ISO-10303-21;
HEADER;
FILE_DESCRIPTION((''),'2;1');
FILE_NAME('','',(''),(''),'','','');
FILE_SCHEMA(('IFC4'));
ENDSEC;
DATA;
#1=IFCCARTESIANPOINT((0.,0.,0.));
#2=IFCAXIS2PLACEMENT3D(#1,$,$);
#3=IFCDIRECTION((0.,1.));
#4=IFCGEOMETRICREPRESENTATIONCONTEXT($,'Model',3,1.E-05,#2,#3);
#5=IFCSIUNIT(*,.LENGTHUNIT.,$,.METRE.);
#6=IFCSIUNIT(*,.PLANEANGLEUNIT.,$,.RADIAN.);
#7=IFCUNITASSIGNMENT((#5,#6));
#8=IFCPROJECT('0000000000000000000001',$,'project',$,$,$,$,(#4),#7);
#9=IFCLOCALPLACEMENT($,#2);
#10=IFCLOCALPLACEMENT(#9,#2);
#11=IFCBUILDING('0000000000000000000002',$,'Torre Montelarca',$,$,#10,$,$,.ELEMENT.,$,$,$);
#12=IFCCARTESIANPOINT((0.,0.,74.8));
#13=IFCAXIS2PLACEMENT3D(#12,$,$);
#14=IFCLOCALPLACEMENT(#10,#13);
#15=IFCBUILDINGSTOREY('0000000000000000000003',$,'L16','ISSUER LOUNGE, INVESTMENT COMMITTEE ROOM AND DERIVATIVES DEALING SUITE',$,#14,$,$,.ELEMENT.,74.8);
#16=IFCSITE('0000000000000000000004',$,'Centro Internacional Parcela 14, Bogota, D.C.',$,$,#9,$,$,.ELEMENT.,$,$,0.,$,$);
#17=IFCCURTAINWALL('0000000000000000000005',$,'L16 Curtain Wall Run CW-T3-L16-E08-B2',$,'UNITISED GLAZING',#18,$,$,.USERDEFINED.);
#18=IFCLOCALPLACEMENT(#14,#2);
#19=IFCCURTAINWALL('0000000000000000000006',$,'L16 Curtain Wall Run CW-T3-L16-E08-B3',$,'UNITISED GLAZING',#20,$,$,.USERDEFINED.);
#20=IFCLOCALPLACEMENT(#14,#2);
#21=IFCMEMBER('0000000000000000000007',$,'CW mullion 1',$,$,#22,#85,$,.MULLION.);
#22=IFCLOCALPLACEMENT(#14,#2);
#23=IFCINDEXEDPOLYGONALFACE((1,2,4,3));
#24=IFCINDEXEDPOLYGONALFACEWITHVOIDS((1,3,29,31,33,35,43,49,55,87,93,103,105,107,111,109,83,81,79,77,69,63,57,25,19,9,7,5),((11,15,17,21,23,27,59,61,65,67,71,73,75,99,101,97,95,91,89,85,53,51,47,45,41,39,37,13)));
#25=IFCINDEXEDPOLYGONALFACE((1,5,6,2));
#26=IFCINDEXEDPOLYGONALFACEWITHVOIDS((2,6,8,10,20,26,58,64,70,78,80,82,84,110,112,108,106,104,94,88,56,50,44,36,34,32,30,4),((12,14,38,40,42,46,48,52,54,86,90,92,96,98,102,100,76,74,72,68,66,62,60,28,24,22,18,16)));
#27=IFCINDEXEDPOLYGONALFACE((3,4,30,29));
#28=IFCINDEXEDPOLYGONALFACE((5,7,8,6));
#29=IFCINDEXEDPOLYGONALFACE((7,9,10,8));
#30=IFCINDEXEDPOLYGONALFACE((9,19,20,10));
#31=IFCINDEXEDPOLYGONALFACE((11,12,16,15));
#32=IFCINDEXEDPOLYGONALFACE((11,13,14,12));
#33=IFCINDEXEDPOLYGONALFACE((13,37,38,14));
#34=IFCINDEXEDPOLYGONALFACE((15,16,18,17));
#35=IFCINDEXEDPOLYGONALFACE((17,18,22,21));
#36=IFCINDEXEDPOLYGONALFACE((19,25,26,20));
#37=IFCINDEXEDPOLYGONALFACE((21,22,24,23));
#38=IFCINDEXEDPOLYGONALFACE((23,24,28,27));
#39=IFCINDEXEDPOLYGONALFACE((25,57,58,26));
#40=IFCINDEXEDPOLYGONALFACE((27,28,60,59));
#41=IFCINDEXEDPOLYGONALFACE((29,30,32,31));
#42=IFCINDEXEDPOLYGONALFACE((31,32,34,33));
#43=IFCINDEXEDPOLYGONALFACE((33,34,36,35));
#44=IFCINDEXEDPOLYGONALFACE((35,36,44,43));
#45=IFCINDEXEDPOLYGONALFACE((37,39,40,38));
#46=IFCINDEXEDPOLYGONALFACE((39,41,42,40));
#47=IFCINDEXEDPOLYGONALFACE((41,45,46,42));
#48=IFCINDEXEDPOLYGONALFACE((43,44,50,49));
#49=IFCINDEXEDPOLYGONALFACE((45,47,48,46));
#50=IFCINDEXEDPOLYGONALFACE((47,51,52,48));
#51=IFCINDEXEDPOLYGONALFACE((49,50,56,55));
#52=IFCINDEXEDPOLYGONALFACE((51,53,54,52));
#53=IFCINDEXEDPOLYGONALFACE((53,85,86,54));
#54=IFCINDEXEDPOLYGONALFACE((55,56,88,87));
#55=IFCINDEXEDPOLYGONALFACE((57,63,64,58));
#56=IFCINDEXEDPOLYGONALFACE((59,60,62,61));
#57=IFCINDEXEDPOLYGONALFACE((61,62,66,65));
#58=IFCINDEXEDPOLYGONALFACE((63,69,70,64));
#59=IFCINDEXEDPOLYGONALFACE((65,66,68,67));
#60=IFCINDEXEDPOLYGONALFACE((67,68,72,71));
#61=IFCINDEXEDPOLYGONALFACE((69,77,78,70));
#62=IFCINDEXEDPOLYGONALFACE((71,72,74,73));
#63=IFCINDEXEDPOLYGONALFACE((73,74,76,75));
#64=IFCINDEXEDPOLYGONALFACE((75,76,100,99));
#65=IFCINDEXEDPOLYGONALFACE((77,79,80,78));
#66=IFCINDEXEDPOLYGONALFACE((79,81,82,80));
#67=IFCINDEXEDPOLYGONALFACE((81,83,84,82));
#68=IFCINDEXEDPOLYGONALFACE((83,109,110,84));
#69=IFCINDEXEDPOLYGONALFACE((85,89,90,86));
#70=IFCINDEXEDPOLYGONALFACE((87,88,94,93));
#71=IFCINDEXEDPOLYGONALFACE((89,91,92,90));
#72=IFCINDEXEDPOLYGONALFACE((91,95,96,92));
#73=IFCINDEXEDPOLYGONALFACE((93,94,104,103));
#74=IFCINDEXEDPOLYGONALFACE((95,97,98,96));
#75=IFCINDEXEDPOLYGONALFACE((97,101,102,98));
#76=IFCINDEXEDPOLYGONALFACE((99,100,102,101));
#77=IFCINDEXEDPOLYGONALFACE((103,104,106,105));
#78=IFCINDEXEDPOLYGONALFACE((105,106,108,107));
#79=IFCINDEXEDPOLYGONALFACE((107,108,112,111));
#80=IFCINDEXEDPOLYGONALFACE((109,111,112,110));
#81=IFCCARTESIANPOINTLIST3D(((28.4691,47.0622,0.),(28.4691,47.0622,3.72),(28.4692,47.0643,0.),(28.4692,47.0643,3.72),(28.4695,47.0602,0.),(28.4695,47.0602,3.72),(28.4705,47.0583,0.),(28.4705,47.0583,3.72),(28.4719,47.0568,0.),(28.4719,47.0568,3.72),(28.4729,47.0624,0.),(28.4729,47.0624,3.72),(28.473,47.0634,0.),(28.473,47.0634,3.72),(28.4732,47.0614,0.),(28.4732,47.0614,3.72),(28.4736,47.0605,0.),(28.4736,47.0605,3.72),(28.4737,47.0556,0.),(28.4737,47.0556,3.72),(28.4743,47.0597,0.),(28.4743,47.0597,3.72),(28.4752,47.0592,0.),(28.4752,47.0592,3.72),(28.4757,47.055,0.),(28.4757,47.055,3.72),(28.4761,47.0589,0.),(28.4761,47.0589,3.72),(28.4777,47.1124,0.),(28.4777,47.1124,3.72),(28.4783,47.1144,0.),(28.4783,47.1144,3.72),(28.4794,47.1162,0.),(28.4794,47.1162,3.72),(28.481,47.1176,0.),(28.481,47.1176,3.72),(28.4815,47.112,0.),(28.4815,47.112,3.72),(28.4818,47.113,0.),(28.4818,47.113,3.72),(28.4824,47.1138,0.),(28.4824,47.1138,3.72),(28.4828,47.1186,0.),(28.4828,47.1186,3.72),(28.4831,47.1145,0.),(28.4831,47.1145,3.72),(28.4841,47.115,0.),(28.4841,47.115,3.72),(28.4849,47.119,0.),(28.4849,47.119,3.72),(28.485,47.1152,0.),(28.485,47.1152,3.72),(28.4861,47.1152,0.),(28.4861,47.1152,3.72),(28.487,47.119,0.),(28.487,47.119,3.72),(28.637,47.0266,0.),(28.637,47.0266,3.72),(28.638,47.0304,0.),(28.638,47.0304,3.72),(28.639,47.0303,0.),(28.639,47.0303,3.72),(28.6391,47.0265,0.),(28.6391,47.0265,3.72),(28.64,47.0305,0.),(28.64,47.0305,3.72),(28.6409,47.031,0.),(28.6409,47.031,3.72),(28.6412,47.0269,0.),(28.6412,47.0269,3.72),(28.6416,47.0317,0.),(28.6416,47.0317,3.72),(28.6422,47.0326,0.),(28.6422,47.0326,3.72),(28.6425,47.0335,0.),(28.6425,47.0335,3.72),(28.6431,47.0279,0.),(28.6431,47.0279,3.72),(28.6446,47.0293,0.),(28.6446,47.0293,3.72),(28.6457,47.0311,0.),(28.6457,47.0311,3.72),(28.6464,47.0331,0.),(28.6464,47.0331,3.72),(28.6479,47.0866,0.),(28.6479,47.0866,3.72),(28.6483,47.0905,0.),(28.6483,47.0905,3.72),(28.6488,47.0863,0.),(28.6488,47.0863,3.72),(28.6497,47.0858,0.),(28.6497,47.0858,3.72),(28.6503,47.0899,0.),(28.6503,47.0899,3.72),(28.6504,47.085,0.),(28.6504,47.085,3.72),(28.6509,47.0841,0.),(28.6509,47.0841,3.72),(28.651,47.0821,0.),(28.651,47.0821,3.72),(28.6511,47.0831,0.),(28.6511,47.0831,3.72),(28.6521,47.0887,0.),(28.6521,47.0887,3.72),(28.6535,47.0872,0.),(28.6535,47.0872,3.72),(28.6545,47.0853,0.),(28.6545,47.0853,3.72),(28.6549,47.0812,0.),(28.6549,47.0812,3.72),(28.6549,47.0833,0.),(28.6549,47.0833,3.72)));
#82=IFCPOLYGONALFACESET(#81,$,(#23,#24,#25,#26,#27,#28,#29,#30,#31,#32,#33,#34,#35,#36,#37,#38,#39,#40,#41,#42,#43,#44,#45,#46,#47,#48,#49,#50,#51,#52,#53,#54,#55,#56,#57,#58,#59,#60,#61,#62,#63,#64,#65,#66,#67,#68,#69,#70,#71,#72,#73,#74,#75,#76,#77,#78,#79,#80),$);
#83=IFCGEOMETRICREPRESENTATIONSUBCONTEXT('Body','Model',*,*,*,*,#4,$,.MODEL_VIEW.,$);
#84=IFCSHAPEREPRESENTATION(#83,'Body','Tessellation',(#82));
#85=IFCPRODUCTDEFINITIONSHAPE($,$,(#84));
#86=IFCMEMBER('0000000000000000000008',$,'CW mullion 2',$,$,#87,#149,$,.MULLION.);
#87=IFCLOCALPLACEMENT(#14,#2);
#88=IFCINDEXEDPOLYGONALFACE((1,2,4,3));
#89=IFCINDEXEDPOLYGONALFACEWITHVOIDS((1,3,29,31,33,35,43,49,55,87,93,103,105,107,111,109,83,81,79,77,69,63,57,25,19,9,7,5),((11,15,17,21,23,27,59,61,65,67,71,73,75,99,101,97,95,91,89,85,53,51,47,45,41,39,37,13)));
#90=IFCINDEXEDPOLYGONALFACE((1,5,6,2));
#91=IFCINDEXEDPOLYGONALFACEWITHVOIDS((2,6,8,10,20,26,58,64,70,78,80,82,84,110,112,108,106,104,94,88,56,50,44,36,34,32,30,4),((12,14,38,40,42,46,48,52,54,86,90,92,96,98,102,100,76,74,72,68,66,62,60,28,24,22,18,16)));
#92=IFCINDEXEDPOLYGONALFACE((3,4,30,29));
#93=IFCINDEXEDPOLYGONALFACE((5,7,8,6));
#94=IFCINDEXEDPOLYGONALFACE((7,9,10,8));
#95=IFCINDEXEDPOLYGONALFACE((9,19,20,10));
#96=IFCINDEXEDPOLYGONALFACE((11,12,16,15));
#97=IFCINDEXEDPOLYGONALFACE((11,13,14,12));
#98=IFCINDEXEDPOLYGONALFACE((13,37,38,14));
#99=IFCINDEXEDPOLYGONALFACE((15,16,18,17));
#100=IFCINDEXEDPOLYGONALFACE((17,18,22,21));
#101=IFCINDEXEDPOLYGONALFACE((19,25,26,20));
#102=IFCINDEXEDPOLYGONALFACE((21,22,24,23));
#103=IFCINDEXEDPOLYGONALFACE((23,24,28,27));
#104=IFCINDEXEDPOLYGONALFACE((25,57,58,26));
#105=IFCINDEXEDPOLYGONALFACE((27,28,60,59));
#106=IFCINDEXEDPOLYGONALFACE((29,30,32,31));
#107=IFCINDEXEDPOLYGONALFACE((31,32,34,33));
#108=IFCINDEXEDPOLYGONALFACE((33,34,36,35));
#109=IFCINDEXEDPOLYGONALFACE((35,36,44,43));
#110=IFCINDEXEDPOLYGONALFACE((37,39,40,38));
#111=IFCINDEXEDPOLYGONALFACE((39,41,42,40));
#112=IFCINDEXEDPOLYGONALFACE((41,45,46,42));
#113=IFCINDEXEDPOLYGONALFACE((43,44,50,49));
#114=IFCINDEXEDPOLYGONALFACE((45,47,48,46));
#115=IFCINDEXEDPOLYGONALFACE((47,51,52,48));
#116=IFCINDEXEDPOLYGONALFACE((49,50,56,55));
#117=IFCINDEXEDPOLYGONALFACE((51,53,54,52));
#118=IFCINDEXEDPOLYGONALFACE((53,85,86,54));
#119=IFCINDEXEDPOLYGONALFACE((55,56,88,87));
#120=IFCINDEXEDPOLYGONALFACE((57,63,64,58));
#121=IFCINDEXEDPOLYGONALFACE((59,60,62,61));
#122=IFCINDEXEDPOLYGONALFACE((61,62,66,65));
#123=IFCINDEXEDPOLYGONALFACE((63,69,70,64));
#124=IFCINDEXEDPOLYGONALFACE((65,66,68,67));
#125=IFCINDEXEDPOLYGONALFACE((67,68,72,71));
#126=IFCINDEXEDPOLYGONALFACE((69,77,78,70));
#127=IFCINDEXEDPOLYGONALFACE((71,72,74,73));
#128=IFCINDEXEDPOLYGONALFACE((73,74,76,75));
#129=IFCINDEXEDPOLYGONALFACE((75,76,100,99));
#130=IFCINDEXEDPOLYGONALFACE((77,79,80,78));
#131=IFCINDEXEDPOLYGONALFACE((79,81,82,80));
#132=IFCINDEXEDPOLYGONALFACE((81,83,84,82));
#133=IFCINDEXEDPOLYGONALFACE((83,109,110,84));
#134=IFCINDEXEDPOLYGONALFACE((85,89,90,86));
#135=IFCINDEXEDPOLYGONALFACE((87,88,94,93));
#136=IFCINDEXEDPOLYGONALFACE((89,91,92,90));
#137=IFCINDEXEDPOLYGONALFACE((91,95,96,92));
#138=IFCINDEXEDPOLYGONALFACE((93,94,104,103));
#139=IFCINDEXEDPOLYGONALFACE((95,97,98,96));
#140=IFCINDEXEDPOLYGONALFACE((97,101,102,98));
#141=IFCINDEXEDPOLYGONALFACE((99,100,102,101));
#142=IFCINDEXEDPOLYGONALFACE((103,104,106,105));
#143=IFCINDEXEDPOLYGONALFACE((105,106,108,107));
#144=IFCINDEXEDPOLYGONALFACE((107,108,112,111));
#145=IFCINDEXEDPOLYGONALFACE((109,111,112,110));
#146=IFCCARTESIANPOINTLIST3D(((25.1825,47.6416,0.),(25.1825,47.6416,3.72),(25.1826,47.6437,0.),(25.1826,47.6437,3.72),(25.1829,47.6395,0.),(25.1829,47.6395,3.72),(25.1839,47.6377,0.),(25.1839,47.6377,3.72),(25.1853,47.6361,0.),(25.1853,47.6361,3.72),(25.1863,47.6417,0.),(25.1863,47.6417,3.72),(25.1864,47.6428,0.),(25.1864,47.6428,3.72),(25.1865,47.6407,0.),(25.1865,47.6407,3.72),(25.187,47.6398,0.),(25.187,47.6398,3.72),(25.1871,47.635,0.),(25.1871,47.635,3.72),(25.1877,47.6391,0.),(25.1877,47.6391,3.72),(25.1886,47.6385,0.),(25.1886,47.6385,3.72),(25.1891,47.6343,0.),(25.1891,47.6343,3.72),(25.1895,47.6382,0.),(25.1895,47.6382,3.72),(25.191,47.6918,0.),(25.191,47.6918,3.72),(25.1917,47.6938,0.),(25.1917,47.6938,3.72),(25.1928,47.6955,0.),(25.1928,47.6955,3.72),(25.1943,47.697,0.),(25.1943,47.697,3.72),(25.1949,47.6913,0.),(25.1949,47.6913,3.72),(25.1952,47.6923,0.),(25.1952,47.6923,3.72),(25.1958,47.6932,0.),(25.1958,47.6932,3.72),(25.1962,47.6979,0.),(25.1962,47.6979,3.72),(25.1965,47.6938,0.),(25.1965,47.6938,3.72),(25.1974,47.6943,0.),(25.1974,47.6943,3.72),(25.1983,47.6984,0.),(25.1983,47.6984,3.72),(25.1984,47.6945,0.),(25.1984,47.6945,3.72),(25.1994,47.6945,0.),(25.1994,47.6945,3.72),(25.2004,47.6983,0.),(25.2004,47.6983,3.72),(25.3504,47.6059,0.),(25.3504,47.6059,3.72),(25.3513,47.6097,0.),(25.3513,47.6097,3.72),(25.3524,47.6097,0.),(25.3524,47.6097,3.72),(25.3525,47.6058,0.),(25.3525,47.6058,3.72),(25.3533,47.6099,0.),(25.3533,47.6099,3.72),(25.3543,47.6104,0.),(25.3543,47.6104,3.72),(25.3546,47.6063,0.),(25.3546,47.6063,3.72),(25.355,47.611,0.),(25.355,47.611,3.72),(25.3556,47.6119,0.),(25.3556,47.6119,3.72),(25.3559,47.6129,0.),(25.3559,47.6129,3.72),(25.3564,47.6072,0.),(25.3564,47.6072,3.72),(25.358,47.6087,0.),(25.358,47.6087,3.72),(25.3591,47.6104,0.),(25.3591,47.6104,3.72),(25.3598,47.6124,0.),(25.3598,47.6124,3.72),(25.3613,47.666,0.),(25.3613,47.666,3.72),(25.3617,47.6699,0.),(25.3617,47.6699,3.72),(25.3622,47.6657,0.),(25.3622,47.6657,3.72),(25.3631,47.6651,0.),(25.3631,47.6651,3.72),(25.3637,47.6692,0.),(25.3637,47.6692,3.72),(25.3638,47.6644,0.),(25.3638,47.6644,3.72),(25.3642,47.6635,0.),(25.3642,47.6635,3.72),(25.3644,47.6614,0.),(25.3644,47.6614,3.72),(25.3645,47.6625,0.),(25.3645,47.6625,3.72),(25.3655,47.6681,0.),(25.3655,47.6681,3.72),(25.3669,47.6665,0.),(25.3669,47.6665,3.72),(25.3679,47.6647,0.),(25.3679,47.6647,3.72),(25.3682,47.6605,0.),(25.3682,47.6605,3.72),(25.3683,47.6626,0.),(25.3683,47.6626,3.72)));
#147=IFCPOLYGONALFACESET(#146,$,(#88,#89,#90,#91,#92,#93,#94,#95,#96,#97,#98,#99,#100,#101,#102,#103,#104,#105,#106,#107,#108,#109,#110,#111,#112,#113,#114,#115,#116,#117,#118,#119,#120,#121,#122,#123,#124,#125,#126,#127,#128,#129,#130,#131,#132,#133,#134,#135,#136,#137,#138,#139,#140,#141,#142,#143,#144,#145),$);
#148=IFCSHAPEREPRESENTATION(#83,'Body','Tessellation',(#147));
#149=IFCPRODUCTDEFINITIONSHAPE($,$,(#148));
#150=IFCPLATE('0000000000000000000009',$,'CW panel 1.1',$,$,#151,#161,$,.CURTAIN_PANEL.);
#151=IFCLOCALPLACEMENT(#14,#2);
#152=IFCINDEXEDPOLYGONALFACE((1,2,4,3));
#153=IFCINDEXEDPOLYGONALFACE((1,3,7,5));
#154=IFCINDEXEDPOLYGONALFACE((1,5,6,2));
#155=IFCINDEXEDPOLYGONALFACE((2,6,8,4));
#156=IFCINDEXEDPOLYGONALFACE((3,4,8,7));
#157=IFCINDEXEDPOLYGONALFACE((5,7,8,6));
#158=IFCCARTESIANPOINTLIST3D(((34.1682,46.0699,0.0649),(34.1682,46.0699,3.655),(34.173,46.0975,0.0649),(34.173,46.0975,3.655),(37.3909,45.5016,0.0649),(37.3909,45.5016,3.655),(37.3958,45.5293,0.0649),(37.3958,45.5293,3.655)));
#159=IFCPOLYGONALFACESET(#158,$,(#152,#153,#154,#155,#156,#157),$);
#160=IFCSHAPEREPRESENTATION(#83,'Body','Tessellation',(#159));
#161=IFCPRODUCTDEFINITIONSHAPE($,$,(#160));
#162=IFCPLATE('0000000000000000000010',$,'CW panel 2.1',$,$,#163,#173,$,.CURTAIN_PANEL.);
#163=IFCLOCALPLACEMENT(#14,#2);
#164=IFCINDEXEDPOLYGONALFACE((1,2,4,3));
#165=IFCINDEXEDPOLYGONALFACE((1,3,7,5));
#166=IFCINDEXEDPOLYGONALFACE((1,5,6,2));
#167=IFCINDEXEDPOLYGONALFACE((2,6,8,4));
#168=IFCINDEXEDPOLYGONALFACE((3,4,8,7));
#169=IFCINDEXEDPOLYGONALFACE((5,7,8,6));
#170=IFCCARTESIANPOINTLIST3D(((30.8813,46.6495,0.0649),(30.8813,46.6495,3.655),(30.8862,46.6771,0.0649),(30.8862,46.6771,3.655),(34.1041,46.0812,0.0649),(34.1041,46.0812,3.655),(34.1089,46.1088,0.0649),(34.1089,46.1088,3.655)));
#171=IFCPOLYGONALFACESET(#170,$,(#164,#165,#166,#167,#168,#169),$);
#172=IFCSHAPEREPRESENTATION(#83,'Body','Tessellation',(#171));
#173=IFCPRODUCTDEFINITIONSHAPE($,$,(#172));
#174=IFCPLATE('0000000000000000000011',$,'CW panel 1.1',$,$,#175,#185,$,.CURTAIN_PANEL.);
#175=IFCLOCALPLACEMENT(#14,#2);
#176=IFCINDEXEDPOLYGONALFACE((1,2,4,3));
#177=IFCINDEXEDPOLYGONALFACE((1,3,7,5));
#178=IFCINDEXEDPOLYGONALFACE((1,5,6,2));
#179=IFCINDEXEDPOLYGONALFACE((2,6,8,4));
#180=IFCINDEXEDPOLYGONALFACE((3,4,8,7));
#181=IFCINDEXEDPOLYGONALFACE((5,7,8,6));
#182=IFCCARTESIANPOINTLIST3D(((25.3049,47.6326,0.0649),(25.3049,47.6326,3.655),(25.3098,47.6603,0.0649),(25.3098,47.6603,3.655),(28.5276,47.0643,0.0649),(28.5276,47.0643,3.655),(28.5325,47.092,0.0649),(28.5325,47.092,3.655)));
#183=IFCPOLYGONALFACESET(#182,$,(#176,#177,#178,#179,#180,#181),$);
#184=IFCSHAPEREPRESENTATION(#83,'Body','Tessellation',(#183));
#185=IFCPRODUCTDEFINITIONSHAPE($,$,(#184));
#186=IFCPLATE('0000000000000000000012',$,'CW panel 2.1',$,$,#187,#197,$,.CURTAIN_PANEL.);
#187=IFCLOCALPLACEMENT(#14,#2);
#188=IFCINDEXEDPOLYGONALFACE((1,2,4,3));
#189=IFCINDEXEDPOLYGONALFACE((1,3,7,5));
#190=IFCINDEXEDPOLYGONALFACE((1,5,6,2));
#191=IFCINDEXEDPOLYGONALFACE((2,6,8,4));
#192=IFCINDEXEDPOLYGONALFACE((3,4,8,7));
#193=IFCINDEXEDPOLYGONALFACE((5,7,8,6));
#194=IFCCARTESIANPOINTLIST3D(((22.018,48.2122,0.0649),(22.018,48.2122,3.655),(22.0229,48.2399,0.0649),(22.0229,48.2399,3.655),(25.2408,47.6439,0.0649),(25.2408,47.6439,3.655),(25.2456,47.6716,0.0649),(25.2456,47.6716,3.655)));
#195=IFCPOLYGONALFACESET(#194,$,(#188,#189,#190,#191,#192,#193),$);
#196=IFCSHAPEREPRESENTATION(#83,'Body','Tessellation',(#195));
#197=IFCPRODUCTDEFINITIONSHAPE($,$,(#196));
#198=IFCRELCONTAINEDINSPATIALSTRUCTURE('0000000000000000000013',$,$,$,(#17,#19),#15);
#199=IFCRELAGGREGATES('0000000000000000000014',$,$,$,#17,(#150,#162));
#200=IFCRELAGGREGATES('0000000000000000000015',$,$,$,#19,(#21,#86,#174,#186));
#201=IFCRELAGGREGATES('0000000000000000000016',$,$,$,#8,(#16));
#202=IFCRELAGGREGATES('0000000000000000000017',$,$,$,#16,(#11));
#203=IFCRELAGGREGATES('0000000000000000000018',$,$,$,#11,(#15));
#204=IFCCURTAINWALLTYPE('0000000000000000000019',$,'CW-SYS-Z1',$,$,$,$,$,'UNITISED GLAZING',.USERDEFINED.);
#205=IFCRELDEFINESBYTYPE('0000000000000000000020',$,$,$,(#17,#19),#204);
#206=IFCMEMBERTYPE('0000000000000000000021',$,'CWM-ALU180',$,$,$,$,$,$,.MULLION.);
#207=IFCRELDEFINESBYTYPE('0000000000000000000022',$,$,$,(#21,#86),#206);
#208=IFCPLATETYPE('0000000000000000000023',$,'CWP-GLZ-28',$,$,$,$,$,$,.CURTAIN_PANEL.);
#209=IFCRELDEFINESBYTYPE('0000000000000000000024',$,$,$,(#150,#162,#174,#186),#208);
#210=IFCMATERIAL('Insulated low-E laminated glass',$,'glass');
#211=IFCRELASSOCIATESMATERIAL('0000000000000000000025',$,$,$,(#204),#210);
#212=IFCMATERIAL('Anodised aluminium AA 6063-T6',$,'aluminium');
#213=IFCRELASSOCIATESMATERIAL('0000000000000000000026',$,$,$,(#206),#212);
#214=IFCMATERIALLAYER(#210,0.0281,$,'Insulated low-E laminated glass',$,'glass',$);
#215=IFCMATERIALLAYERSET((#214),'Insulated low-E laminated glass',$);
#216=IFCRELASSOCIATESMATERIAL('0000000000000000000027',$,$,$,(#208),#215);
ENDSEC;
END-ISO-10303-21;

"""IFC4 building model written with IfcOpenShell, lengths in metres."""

from ifc_helpers import new_model, si_unit, direction, frame, origin, origin_2d, place, context, subcontext, project, spatial, rectangle, hollow_rectangle, extrude, source, transform, mapped, material, layer, layer_set, material_profile, profile_set, type_object, element, aggregate, save


model = new_model("IFC4")

# Units and contexts
model_context = context("Model", 3, precision=1e-05, world=origin(), true_north=direction((0.0, 1.0)))
body_context = subcontext(model_context, "Body", "Model", "MODEL_VIEW")
ifc_project = project(units=[si_unit("LENGTHUNIT", "METRE"), si_unit("PLANEANGLEUNIT", "RADIAN")], contexts=[model_context])

# Site, building, storey
site_placement = place(None, origin())
site = spatial("IfcSite", under=ifc_project, at=site_placement, Name="Centro Internacional Parcela 14, Bogota, D.C.", CompositionType="ELEMENT", RefElevation=0.0)
building_placement = place(site_placement, origin())
building = spatial("IfcBuilding", under=site, at=building_placement, Name="Torre Montelarca", CompositionType="ELEMENT")
storey_placement = place(building_placement, frame((0.0, 0.0, 74.8)))
storey = spatial("IfcBuildingStorey", under=building, at=storey_placement, Name="L16", Description="ISSUER LOUNGE, INVESTMENT COMMITTEE ROOM AND DERIVATIVES DEALING SUITE", CompositionType="ELEMENT", Elevation=74.8)

# Curtain walls
ifc_material_1 = material(Name="Insulated low-E laminated glass", Category="glass")
curtain_wall_type = type_object("IfcCurtainWallType", Name="CW-SYS-Z1", ElementType="UNITISED GLAZING", PredefinedType="USERDEFINED", material=ifc_material_1)
curtain_wall_1_placement = place(storey_placement, origin())
curtain_wall_1 = element("IfcCurtainWall", 1, at=curtain_wall_1_placement, inside=storey, type_object=curtain_wall_type, Name="L16 Curtain Wall Run CW-T3-L16-E08-B2", ObjectType="UNITISED GLAZING", PredefinedType="USERDEFINED")
ifc_material_2 = material(Name="Anodised aluminium AA 6063-T6", Category="aluminium")
curtain_wall_2_placement = place(storey_placement, origin())
curtain_wall_2 = element("IfcCurtainWall", 2, at=curtain_wall_2_placement, inside=storey, type_object=curtain_wall_type, Name="L16 Curtain Wall Run CW-T3-L16-E08-B3", ObjectType="UNITISED GLAZING", PredefinedType="USERDEFINED")

# Members
ifc_material_profile_1 = material_profile(ifc_material_2, hollow_rectangle(XDim=0.0649, YDim=0.1799, WallThickness=0.0039, InnerFilletRadius=0.0039, OuterFilletRadius=0.0081, at=origin_2d()), Name="ALU65X180X4", Category="aluminium")
ifc_profile_set_1 = profile_set([ifc_material_profile_1], Name="Anodised aluminium AA 6063-T6")
member_type_1 = type_object("IfcMemberType", Name="CWM-ALU180", PredefinedType="MULLION", material=ifc_profile_set_1)
shared_shape_1 = source(origin(), body_context, "Body", "SweptSolid", [
    extrude(hollow_rectangle(XDim=0.0649, YDim=0.1799, WallThickness=0.0039, InnerFilletRadius=0.0039, OuterFilletRadius=0.0081, at=origin_2d()), origin(), (0.0, 0.0, 1.0), 3.72),
])
member_1_placement = place(storey_placement, frame((28.562, 47.0728, 0.0), z_axis=(0.0, 0.0, 1.0), x_axis=(-0.17365, -0.984807, 0.0)))
member_1 = element("IfcMember", 3, at=member_1_placement, type_object=member_type_1, Name="CW mullion 1", PredefinedType="MULLION", context=body_context, shape_type="MappedRepresentation", body=[
    mapped(shared_shape_1, transform((0.0, 0.0, 0.0), scale=1.0)),
])
member_2_placement = place(storey_placement, frame((25.2754, 47.6521, 0.0), z_axis=(0.0, 0.0, 1.0), x_axis=(-0.17365, -0.984807, 0.0)))
member_2 = element("IfcMember", 4, at=member_2_placement, type_object=member_type_1, Name="CW mullion 2", PredefinedType="MULLION", context=body_context, shape_type="MappedRepresentation", body=[
    mapped(shared_shape_1, transform((0.0, 0.0, 0.0), scale=1.0)),
])

# Plates
ifc_layer_1 = layer(ifc_material_1, 0.0281, Name="Insulated low-E laminated glass", Category="glass")
ifc_layer_set_1 = layer_set([ifc_layer_1], Name="Insulated low-E laminated glass")
plate_type = type_object("IfcPlateType", Name="CWP-GLZ-28", PredefinedType="CURTAIN_PANEL", material=ifc_layer_set_1)
shared_shape_2 = source(origin(), body_context, "Body", "SweptSolid", [
    extrude(rectangle(XDim=3.2725, YDim=0.0281, at=origin_2d()), origin(), (0.0, 0.0, 1.0), 3.5901),
])
plate_1_placement = place(storey_placement, frame((35.782, 45.7996, 0.0649), z_axis=(0.0, 0.0, 1.0), x_axis=(-0.984807, 0.17365, 0.0)))
plate_1 = element("IfcPlate", 5, at=plate_1_placement, type_object=plate_type, Name="CW panel 1.1", PredefinedType="CURTAIN_PANEL", context=body_context, shape_type="MappedRepresentation", body=[
    mapped(shared_shape_2, transform((0.0, 0.0, 0.0), scale=1.0)),
])
plate_2_placement = place(storey_placement, frame((32.4951, 46.3792, 0.0649), z_axis=(0.0, 0.0, 1.0), x_axis=(-0.984807, 0.17365, 0.0)))
plate_2 = element("IfcPlate", 6, at=plate_2_placement, type_object=plate_type, Name="CW panel 2.1", PredefinedType="CURTAIN_PANEL", context=body_context, shape_type="MappedRepresentation", body=[
    mapped(shared_shape_2, transform((0.0, 0.0, 0.0), scale=1.0)),
])
aggregate(curtain_wall_1, [plate_1, plate_2])
plate_3_placement = place(storey_placement, frame((26.9187, 47.3623, 0.0649), z_axis=(0.0, 0.0, 1.0), x_axis=(-0.984807, 0.17365, 0.0)))
plate_3 = element("IfcPlate", 7, at=plate_3_placement, type_object=plate_type, Name="CW panel 1.1", PredefinedType="CURTAIN_PANEL", context=body_context, shape_type="MappedRepresentation", body=[
    mapped(shared_shape_2, transform((0.0, 0.0, 0.0), scale=1.0)),
])
plate_4_placement = place(storey_placement, frame((23.6318, 47.9419, 0.0649), z_axis=(0.0, 0.0, 1.0), x_axis=(-0.984807, 0.17365, 0.0)))
plate_4 = element("IfcPlate", 8, at=plate_4_placement, type_object=plate_type, Name="CW panel 2.1", PredefinedType="CURTAIN_PANEL", context=body_context, shape_type="MappedRepresentation", body=[
    mapped(shared_shape_2, transform((0.0, 0.0, 0.0), scale=1.0)),
])
aggregate(curtain_wall_2, [member_1, member_2, plate_3, plate_4])

save(model, "model.ifc")
